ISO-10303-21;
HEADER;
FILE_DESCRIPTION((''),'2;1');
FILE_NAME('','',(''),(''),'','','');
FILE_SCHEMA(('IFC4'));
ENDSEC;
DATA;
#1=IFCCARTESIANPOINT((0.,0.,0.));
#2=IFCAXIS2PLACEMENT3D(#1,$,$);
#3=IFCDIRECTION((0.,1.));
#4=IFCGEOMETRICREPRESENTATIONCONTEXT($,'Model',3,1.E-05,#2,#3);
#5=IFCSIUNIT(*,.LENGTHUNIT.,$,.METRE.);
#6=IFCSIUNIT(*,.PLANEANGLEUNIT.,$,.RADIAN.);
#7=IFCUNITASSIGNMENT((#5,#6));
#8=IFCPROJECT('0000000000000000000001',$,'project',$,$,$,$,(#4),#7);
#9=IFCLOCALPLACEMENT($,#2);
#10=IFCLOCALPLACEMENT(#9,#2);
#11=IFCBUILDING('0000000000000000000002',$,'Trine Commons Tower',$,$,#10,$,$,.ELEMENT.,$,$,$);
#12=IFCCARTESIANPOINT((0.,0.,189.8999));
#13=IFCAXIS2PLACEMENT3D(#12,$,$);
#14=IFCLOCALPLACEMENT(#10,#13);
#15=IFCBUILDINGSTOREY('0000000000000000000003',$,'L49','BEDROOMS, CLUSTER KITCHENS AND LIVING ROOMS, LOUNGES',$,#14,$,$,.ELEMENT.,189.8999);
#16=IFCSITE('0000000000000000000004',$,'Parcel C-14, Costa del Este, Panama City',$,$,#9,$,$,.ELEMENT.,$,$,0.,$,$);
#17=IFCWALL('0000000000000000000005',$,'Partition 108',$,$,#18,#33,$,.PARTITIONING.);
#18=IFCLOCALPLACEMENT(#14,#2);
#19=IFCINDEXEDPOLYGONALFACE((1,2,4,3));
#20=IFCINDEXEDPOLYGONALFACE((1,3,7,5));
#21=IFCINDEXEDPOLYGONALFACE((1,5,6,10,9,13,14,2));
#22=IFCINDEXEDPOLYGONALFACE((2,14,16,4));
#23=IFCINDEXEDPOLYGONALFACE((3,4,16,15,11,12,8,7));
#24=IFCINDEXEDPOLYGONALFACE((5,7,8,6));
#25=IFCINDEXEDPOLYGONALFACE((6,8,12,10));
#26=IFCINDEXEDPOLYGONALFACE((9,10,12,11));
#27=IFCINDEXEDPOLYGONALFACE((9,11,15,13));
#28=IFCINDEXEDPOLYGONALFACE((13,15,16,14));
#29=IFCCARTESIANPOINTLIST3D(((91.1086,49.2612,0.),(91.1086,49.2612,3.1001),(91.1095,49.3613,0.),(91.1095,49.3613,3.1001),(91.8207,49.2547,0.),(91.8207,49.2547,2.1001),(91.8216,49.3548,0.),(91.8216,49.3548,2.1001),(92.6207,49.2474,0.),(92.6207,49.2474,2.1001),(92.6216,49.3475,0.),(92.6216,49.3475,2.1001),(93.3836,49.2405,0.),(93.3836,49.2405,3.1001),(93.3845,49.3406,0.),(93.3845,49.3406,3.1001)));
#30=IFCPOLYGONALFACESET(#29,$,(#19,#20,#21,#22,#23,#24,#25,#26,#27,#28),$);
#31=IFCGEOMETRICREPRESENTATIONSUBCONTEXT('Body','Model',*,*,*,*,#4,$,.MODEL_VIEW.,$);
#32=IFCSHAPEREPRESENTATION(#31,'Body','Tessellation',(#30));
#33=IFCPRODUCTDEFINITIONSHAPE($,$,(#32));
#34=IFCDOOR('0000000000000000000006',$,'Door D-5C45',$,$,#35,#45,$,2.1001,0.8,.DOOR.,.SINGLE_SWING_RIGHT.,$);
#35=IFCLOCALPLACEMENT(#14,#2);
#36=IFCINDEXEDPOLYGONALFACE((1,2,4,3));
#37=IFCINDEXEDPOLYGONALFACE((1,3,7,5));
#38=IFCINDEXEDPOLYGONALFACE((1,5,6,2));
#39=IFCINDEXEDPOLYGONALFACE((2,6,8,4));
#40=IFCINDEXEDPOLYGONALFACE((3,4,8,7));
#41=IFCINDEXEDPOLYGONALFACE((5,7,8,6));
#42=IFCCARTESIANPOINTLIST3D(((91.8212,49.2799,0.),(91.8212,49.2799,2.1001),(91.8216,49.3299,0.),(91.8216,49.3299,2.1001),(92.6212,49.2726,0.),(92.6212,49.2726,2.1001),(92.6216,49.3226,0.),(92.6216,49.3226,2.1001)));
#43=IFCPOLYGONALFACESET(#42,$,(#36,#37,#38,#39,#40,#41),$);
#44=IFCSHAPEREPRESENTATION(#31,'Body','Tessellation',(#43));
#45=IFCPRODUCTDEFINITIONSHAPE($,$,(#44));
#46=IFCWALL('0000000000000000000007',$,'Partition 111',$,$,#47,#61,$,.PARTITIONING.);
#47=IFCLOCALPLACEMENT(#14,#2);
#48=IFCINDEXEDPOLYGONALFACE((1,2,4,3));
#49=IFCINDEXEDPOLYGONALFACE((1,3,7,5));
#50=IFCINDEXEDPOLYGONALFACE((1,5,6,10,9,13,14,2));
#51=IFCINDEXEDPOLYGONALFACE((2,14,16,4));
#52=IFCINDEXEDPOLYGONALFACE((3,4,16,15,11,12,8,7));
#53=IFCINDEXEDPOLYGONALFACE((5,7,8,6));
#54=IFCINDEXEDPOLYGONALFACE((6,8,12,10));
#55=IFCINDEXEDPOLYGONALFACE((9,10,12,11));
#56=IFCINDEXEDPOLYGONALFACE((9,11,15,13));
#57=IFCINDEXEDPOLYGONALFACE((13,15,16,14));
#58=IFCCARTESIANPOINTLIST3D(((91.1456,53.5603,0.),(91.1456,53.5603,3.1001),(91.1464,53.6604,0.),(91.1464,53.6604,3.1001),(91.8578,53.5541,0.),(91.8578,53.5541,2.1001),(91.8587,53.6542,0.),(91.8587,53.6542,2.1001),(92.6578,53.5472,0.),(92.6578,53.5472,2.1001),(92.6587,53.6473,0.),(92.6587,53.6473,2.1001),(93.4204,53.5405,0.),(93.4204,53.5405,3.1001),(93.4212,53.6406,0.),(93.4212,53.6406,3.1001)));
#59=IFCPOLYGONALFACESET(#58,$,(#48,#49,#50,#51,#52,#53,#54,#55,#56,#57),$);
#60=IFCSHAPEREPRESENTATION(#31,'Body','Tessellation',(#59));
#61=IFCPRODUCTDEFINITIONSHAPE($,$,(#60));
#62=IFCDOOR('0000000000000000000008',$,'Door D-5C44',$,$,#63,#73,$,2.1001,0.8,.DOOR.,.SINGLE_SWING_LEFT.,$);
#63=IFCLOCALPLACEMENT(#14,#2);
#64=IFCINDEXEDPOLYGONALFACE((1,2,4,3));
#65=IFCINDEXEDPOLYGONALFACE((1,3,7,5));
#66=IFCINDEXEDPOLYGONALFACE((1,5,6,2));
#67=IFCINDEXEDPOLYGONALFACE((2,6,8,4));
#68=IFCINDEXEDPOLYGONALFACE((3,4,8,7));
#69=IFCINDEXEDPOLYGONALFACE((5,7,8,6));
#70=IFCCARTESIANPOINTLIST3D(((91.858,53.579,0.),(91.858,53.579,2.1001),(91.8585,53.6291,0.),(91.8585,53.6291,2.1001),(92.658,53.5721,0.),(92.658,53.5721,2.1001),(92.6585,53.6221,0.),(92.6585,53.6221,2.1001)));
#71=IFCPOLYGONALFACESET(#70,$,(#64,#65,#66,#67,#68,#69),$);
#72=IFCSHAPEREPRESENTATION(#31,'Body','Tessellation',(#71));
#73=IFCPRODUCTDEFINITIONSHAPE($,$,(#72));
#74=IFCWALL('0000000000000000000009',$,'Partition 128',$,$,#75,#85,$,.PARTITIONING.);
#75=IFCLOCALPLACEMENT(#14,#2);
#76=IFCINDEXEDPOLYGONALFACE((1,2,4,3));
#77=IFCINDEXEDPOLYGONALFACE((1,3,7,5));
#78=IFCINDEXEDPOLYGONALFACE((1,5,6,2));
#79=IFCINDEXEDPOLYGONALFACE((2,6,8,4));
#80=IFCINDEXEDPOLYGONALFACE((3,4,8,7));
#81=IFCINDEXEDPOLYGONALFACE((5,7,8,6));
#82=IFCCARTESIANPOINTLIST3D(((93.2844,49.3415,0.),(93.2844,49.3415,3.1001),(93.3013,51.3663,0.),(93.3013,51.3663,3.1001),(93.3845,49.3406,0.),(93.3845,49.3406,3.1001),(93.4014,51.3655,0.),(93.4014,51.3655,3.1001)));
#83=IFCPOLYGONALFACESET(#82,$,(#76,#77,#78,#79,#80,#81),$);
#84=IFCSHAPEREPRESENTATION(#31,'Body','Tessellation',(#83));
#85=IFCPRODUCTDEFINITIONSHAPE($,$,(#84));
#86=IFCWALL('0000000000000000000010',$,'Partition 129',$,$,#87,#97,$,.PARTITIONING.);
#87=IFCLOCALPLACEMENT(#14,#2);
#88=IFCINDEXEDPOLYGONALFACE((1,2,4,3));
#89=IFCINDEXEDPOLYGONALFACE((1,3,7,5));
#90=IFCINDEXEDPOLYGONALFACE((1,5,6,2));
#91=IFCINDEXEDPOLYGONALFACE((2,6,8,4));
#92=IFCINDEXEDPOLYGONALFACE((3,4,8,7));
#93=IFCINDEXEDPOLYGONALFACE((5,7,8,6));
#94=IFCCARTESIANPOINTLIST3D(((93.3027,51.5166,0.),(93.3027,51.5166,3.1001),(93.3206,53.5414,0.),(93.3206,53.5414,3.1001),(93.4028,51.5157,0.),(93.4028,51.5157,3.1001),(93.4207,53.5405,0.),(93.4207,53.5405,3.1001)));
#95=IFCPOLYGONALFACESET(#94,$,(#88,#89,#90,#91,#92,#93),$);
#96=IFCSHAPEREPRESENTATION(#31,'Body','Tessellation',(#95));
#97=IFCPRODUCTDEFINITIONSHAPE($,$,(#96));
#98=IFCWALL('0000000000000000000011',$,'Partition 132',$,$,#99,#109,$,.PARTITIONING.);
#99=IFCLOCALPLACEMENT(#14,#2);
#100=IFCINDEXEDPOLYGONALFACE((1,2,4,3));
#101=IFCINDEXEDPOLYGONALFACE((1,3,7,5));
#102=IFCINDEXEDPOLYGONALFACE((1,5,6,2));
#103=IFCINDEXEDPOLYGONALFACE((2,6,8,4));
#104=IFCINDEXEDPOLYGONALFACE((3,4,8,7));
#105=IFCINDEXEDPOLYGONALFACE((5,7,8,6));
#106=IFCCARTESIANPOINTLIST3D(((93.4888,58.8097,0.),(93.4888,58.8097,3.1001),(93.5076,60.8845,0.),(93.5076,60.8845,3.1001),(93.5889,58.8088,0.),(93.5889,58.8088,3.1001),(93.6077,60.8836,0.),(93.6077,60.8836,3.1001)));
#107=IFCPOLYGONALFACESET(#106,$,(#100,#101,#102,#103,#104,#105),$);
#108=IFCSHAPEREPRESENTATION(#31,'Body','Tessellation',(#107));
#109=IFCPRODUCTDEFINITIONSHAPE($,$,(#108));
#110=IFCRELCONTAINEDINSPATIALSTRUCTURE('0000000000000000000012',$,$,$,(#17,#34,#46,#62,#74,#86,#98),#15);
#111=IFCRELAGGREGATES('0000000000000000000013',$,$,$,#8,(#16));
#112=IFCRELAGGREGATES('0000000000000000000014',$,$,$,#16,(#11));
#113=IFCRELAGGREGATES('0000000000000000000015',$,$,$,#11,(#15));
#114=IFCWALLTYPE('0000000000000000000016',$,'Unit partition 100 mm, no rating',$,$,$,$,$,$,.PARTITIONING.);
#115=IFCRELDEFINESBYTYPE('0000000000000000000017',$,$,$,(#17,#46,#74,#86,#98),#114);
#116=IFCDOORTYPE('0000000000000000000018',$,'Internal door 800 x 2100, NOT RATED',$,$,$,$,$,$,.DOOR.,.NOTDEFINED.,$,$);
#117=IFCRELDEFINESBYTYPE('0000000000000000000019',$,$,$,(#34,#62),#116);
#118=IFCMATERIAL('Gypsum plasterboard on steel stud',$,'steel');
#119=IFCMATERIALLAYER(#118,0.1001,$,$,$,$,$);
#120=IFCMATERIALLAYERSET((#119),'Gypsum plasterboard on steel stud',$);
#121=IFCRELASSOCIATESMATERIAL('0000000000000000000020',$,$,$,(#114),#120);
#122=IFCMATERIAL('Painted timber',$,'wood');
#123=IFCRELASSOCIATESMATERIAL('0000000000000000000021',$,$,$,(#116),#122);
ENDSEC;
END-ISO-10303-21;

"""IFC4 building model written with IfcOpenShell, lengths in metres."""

from ifc_helpers import new_model, si_unit, direction, frame, frame_2d, origin, place, context, subcontext, project, spatial, rectangle, extrude, material, layer, layer_set, type_object, element, fill, save


model = new_model("IFC4")

# Units and contexts
model_context = context("Model", 3, precision=1e-05, world=origin(), true_north=direction((0.0, 1.0)))
body_context = subcontext(model_context, "Body", "Model", "MODEL_VIEW")
ifc_project = project(units=[si_unit("LENGTHUNIT", "METRE"), si_unit("PLANEANGLEUNIT", "RADIAN")], contexts=[model_context])

# Site, building, storey
site_placement = place(None, origin())
site = spatial("IfcSite", under=ifc_project, at=site_placement, Name="Parcel C-14, Costa del Este, Panama City", CompositionType="ELEMENT", RefElevation=0.0)
building_placement = place(site_placement, origin())
building = spatial("IfcBuilding", under=site, at=building_placement, Name="Trine Commons Tower", CompositionType="ELEMENT")
storey_placement = place(building_placement, frame((0.0, 0.0, 189.8999)))
storey = spatial("IfcBuildingStorey", under=building, at=storey_placement, Name="L49", Description="BEDROOMS, CLUSTER KITCHENS AND LIVING ROOMS, LOUNGES", CompositionType="ELEMENT", Elevation=189.8999)

# Shared definitions
ifc_material_1 = material(Name="Gypsum plasterboard on steel stud", Category="steel")

# Shared definitions
ifc_material_2 = material(Name="Painted timber", Category="wood")

# Walls, openings, doors
ifc_layer_1 = layer(ifc_material_1, 0.1001)
ifc_layer_set_1 = layer_set([ifc_layer_1], Name="Gypsum plasterboard on steel stud")
wall_type_1 = type_object("IfcWallType", Name="Unit partition 100 mm, no rating", PredefinedType="PARTITIONING", material=ifc_layer_set_1)
wall_1_placement = place(storey_placement, frame((91.1089, 49.3113, 0.0), z_axis=(0.0, 0.0, 1.0), x_axis=(0.999958, -0.009121, 0.0)))
wall_1 = element("IfcWall", 1, at=wall_1_placement, inside=storey, type_object=wall_type_1, Name="Partition 108", PredefinedType="PARTITIONING", context=body_context, shape_type="SweptSolid", body=[
    extrude(rectangle(XDim=2.2751, YDim=0.1001, at=frame_2d((1.1377, 0.0))), origin(), (0.0, 0.0, 1.0), 3.1001),
])
opening_1_placement = place(wall_1_placement, frame((0.7124, 0.0, 0.0)))
opening_1 = element("IfcOpeningElement", 2, at=opening_1_placement, cuts=wall_1, PredefinedType="OPENING", context=body_context, shape_type="SweptSolid", body=[
    extrude(rectangle(XDim=0.8, YDim=2.1001, at=frame_2d((0.3999, 1.05))), frame((0.0, 0.0601, 0.0), z_axis=(0.0, -1.0, 0.0), x_axis=(1.0, 0.0, 0.0)), (0.0, 0.0, 1.0), 0.1201),
])
door_type_1 = type_object("IfcDoorType", Name="Internal door 800 x 2100, NOT RATED", OperationType="NOTDEFINED", PredefinedType="DOOR", material=ifc_material_2)
door_1_placement = place(opening_1_placement, frame((0.8, 0.0, 0.0), z_axis=(0.0, 0.0, 1.0), x_axis=(-1.0, 0.0, 0.0)))
door_1 = element("IfcDoor", 3, at=door_1_placement, inside=storey, type_object=door_type_1, Name="Door D-5C45", OperationType="SINGLE_SWING_RIGHT", OverallHeight=2.1001, OverallWidth=0.8, PredefinedType="DOOR", context=body_context, shape_type="SweptSolid", body=[
    extrude(rectangle(XDim=0.8, YDim=2.1001, at=frame_2d((0.3999, 1.05))), frame((0.0, 0.0249, 0.0), z_axis=(0.0, -1.0, 0.0), x_axis=(1.0, 0.0, 0.0)), (0.0, 0.0, 1.0), 0.05),
])
fill(opening_1, door_1)
wall_2_placement = place(storey_placement, frame((91.146, 53.6104, 0.0), z_axis=(0.0, 0.0, 1.0), x_axis=(0.999962, -0.008693, 0.0)))
wall_2 = element("IfcWall", 4, at=wall_2_placement, inside=storey, type_object=wall_type_1, Name="Partition 111", PredefinedType="PARTITIONING", context=body_context, shape_type="SweptSolid", body=[
    extrude(rectangle(XDim=2.2749, YDim=0.1001, at=frame_2d((1.1375, 0.0))), origin(), (0.0, 0.0, 1.0), 3.1001),
])
opening_2_placement = place(wall_2_placement, frame((0.7124, 0.0, 0.0)))
opening_2 = element("IfcOpeningElement", 5, at=opening_2_placement, cuts=wall_2, PredefinedType="OPENING", context=body_context, shape_type="SweptSolid", body=[
    extrude(rectangle(XDim=0.8, YDim=2.1001, at=frame_2d((0.3999, 1.05))), frame((0.0, 0.0601, 0.0), z_axis=(0.0, -1.0, 0.0), x_axis=(1.0, 0.0, 0.0)), (0.0, 0.0, 1.0), 0.1201),
])
door_2_placement = place(opening_2_placement, origin())
door_2 = element("IfcDoor", 6, at=door_2_placement, inside=storey, type_object=door_type_1, Name="Door D-5C44", OperationType="SINGLE_SWING_LEFT", OverallHeight=2.1001, OverallWidth=0.8, PredefinedType="DOOR", context=body_context, shape_type="SweptSolid", body=[
    extrude(rectangle(XDim=0.8, YDim=2.1001, at=frame_2d((0.3999, 1.05))), frame((0.0, 0.0249, 0.0), z_axis=(0.0, -1.0, 0.0), x_axis=(1.0, 0.0, 0.0)), (0.0, 0.0, 1.0), 0.05),
])
fill(opening_2, door_2)

# Walls
for number, where, z_axis, x_axis, name in (
    (7, (93.3345, 49.3411, 0.0), (0.0, 0.0, 1.0), (0.008319, 0.999965, 0.0), "Partition 128"),
    (8, (93.3528, 51.5161, 0.0), (0.0, 0.0, 1.0), (0.008801, 0.999961, 0.0), "Partition 129"),
):
    element("IfcWall", number, at=place(storey_placement, frame(where, z_axis=z_axis, x_axis=x_axis)), inside=storey, type_object=wall_type_1, Name=name, PredefinedType="PARTITIONING", context=body_context, shape_type="SweptSolid", body=[
        extrude(rectangle(XDim=2.0249, YDim=0.1001, at=frame_2d((1.0125, 0.0))), origin(), (0.0, 0.0, 1.0), 3.1001),
    ])
wall_3_placement = place(storey_placement, frame((93.5388, 58.8091, 0.0), z_axis=(0.0, 0.0, 1.0), x_axis=(0.00906, 0.999959, 0.0)))
element("IfcWall", 9, at=wall_3_placement, inside=storey, type_object=wall_type_1, Name="Partition 132", PredefinedType="PARTITIONING", context=body_context, shape_type="SweptSolid", body=[
    extrude(rectangle(XDim=2.075, YDim=0.1001, at=frame_2d((1.0376, 0.0))), origin(), (0.0, 0.0, 1.0), 3.1001),
])

save(model, "model.ifc")
